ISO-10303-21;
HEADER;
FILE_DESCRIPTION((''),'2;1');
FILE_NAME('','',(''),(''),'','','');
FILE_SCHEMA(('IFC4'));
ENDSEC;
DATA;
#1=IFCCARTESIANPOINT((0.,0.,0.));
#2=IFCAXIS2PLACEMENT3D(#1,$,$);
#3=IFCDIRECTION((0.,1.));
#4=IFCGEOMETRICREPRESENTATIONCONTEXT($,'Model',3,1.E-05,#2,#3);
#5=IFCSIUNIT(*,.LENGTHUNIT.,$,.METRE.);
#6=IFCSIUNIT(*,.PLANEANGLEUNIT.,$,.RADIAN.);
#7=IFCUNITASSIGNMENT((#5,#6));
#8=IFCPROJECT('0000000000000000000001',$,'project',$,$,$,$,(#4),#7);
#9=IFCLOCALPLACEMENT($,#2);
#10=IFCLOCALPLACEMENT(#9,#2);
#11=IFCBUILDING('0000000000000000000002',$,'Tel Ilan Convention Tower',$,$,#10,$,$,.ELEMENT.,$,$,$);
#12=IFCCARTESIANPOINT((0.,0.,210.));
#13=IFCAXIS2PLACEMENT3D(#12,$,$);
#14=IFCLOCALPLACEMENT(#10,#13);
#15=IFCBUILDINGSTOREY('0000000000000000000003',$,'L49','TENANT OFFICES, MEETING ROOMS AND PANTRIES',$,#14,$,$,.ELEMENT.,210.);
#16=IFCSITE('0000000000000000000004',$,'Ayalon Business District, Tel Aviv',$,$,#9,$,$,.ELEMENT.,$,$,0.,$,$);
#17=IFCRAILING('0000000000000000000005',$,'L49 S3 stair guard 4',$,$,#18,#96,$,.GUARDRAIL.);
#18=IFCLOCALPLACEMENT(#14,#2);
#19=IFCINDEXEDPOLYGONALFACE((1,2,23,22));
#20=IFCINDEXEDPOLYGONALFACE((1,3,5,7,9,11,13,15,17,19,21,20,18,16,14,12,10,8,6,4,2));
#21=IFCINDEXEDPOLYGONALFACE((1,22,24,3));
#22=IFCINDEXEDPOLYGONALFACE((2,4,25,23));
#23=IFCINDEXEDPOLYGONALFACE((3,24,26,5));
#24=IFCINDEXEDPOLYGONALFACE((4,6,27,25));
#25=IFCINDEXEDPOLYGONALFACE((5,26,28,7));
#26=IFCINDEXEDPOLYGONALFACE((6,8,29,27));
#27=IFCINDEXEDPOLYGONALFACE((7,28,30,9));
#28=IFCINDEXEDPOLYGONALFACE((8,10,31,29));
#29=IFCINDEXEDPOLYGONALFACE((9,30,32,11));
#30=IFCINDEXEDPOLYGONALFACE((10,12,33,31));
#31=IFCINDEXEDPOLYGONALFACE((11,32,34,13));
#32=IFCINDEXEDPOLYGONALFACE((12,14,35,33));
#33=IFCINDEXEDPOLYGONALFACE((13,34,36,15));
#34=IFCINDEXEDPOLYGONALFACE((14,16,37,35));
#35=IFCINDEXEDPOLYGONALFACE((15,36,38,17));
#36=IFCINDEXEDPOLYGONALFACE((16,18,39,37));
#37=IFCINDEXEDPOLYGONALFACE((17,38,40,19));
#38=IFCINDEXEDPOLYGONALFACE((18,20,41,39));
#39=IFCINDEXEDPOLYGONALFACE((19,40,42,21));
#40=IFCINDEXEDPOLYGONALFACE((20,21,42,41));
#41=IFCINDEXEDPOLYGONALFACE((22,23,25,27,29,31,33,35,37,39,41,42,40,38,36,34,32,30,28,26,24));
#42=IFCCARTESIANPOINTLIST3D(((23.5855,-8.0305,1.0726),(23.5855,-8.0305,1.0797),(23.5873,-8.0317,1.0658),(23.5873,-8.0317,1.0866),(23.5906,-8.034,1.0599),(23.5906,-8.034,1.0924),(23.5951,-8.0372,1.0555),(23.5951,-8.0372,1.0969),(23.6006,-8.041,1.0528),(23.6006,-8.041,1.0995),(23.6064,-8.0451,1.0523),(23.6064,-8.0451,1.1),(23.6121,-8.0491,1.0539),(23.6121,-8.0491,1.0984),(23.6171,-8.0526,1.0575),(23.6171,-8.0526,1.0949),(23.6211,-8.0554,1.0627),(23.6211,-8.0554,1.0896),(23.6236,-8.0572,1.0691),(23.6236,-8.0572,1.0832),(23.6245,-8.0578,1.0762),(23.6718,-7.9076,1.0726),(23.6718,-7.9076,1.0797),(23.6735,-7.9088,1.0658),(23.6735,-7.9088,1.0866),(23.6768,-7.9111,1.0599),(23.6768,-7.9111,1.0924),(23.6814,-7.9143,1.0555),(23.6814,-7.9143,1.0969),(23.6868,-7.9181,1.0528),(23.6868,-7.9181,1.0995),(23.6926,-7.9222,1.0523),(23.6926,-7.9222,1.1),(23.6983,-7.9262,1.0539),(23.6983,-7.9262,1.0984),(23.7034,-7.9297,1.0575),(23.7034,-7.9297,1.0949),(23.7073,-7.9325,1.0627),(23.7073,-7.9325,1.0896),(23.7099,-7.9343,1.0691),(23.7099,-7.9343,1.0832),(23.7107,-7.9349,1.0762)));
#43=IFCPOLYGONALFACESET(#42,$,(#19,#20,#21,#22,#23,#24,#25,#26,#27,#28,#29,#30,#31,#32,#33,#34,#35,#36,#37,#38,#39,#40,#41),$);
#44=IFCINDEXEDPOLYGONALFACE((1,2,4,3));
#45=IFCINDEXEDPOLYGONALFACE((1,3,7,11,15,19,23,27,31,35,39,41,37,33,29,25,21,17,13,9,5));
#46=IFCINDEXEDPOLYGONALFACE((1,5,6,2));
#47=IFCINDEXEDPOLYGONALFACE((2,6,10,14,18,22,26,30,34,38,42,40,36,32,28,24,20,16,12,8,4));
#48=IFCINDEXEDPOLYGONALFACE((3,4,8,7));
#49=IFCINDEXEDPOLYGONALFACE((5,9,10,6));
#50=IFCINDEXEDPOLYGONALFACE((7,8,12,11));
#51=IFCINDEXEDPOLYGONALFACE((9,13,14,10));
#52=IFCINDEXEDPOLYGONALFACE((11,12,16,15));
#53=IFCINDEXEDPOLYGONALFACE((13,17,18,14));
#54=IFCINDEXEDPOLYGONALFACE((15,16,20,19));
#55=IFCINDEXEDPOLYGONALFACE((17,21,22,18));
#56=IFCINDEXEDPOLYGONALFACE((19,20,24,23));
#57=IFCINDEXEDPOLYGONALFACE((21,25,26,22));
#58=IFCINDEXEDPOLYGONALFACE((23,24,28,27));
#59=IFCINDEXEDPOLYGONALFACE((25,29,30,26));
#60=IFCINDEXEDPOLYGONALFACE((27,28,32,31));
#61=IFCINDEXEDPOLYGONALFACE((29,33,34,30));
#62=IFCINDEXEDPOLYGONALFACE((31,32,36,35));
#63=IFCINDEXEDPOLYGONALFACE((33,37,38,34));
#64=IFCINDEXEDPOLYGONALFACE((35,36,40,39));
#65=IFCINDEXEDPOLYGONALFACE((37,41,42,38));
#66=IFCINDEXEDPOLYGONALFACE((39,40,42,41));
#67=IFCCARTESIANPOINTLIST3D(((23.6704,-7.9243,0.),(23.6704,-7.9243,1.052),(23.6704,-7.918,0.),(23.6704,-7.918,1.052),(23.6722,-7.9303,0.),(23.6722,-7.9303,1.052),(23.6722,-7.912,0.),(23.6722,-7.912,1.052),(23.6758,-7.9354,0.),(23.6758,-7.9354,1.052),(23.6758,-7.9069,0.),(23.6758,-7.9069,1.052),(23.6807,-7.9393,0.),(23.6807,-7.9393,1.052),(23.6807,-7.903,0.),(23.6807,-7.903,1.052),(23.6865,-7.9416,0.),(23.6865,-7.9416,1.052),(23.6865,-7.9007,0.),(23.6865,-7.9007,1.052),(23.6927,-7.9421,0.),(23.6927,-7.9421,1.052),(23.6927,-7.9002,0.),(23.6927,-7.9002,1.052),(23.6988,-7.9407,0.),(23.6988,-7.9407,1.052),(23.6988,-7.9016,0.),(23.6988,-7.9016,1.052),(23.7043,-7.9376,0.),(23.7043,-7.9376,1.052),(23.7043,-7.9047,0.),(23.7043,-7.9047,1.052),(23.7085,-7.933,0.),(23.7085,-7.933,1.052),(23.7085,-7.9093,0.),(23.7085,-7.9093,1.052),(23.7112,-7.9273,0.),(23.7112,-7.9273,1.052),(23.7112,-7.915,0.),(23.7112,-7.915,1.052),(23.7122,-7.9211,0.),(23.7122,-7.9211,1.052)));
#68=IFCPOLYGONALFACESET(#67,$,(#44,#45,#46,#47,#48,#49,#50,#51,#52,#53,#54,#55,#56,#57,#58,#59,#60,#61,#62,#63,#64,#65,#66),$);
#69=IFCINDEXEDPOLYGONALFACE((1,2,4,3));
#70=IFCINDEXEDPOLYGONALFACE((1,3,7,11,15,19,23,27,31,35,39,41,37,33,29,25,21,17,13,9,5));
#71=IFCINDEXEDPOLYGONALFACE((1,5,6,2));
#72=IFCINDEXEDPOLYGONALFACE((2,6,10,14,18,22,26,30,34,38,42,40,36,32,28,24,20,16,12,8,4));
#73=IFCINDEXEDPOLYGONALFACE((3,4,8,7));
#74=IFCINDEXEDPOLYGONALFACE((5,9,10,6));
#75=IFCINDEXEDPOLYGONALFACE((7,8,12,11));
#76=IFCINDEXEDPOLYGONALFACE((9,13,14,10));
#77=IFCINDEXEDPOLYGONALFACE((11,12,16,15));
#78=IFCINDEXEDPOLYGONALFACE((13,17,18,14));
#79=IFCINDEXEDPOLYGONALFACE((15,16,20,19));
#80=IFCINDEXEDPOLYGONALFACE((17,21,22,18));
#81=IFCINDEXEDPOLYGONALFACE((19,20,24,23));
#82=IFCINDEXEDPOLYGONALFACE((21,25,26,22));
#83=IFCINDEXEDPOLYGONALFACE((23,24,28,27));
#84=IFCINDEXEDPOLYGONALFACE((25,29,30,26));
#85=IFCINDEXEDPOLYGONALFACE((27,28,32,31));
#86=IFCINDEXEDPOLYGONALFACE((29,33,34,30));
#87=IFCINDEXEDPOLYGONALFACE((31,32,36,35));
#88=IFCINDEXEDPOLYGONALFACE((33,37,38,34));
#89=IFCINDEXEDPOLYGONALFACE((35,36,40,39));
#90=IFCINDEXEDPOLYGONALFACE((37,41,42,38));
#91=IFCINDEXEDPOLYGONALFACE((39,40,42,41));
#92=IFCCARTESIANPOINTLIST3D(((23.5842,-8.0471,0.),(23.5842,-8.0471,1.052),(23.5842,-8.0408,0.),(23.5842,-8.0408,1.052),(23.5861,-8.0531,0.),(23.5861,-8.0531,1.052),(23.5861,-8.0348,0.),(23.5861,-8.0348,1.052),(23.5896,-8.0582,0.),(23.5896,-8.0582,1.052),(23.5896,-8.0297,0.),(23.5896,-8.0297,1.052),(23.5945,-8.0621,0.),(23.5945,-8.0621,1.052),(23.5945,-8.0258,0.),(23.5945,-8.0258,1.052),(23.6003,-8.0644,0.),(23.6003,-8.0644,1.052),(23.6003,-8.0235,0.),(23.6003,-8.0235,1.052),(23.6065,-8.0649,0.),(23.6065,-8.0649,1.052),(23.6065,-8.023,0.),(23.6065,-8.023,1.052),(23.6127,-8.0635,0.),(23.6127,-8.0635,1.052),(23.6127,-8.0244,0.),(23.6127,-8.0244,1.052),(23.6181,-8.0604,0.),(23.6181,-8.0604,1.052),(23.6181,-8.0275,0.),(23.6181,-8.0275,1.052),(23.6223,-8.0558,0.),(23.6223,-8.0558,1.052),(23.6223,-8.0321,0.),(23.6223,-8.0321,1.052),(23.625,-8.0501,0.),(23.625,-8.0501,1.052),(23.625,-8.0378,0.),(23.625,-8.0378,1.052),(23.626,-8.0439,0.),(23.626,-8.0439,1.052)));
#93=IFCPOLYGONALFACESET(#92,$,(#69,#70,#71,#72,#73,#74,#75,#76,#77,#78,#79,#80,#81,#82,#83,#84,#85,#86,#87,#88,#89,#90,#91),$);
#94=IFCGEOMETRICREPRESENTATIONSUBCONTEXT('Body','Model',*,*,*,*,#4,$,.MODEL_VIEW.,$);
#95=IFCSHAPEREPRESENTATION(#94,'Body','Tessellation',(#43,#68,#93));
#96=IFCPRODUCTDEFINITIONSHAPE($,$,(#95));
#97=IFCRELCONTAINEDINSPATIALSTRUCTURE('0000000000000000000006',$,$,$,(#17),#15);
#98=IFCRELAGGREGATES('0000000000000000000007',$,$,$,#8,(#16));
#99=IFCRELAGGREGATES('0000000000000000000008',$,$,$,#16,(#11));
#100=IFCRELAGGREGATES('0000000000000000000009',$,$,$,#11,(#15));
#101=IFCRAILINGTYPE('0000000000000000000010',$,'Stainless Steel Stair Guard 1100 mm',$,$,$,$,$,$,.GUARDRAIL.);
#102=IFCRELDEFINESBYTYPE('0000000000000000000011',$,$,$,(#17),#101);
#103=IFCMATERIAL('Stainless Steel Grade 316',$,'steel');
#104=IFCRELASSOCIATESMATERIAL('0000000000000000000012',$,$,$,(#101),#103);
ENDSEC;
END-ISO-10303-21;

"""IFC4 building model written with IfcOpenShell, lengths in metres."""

from ifc_helpers import new_model, si_unit, direction, frame, origin, origin_2d, place, context, subcontext, project, spatial, circle, extrude, material, type_object, element, save


model = new_model("IFC4")

# Units and contexts
model_context = context("Model", 3, precision=1e-05, world=origin(), true_north=direction((0.0, 1.0)))
body_context = subcontext(model_context, "Body", "Model", "MODEL_VIEW")
ifc_project = project(units=[si_unit("LENGTHUNIT", "METRE"), si_unit("PLANEANGLEUNIT", "RADIAN")], contexts=[model_context])

# Site, building, storey
site_placement = place(None, origin())
site = spatial("IfcSite", under=ifc_project, at=site_placement, Name="Ayalon Business District, Tel Aviv", CompositionType="ELEMENT", RefElevation=0.0)
building_placement = place(site_placement, origin())
building = spatial("IfcBuilding", under=site, at=building_placement, Name="Tel Ilan Convention Tower", CompositionType="ELEMENT")
storey_placement = place(building_placement, frame((0.0, 0.0, 210.0)))
storey = spatial("IfcBuildingStorey", under=building, at=storey_placement, Name="L49", Description="TENANT OFFICES, MEETING ROOMS AND PANTRIES", CompositionType="ELEMENT", Elevation=210.0)

# Railing
ifc_material_1 = material(Name="Stainless Steel Grade 316", Category="steel")
railing_type_1 = type_object("IfcRailingType", Name="Stainless Steel Stair Guard 1100 mm", PredefinedType="GUARDRAIL", material=ifc_material_1)
railing_1_placement = place(storey_placement, frame((23.6912, -7.9211, 0.0)))
element("IfcRailing", 1, at=railing_1_placement, inside=storey, type_object=railing_type_1, Name="L49 S3 stair guard 4", PredefinedType="GUARDRAIL", context=body_context, shape_type="SweptSolid", body=[
    extrude(circle(Radius=0.0239, at=origin_2d()), frame((0.0, 0.0, 1.0762), z_axis=(-0.574445, -0.818543, 0.0), x_axis=(0.818543, -0.574445, 0.0)), (0.0, 0.0, 1.0), 0.1501),
    extrude(circle(Radius=0.021, at=origin_2d()), origin(), (0.0, 0.0, 1.0), 1.052),
    extrude(circle(Radius=0.021, at=origin_2d()), frame((-0.0862, -0.1228, 0.0)), (0.0, 0.0, 1.0), 1.052),
])

save(model, "model.ifc")
